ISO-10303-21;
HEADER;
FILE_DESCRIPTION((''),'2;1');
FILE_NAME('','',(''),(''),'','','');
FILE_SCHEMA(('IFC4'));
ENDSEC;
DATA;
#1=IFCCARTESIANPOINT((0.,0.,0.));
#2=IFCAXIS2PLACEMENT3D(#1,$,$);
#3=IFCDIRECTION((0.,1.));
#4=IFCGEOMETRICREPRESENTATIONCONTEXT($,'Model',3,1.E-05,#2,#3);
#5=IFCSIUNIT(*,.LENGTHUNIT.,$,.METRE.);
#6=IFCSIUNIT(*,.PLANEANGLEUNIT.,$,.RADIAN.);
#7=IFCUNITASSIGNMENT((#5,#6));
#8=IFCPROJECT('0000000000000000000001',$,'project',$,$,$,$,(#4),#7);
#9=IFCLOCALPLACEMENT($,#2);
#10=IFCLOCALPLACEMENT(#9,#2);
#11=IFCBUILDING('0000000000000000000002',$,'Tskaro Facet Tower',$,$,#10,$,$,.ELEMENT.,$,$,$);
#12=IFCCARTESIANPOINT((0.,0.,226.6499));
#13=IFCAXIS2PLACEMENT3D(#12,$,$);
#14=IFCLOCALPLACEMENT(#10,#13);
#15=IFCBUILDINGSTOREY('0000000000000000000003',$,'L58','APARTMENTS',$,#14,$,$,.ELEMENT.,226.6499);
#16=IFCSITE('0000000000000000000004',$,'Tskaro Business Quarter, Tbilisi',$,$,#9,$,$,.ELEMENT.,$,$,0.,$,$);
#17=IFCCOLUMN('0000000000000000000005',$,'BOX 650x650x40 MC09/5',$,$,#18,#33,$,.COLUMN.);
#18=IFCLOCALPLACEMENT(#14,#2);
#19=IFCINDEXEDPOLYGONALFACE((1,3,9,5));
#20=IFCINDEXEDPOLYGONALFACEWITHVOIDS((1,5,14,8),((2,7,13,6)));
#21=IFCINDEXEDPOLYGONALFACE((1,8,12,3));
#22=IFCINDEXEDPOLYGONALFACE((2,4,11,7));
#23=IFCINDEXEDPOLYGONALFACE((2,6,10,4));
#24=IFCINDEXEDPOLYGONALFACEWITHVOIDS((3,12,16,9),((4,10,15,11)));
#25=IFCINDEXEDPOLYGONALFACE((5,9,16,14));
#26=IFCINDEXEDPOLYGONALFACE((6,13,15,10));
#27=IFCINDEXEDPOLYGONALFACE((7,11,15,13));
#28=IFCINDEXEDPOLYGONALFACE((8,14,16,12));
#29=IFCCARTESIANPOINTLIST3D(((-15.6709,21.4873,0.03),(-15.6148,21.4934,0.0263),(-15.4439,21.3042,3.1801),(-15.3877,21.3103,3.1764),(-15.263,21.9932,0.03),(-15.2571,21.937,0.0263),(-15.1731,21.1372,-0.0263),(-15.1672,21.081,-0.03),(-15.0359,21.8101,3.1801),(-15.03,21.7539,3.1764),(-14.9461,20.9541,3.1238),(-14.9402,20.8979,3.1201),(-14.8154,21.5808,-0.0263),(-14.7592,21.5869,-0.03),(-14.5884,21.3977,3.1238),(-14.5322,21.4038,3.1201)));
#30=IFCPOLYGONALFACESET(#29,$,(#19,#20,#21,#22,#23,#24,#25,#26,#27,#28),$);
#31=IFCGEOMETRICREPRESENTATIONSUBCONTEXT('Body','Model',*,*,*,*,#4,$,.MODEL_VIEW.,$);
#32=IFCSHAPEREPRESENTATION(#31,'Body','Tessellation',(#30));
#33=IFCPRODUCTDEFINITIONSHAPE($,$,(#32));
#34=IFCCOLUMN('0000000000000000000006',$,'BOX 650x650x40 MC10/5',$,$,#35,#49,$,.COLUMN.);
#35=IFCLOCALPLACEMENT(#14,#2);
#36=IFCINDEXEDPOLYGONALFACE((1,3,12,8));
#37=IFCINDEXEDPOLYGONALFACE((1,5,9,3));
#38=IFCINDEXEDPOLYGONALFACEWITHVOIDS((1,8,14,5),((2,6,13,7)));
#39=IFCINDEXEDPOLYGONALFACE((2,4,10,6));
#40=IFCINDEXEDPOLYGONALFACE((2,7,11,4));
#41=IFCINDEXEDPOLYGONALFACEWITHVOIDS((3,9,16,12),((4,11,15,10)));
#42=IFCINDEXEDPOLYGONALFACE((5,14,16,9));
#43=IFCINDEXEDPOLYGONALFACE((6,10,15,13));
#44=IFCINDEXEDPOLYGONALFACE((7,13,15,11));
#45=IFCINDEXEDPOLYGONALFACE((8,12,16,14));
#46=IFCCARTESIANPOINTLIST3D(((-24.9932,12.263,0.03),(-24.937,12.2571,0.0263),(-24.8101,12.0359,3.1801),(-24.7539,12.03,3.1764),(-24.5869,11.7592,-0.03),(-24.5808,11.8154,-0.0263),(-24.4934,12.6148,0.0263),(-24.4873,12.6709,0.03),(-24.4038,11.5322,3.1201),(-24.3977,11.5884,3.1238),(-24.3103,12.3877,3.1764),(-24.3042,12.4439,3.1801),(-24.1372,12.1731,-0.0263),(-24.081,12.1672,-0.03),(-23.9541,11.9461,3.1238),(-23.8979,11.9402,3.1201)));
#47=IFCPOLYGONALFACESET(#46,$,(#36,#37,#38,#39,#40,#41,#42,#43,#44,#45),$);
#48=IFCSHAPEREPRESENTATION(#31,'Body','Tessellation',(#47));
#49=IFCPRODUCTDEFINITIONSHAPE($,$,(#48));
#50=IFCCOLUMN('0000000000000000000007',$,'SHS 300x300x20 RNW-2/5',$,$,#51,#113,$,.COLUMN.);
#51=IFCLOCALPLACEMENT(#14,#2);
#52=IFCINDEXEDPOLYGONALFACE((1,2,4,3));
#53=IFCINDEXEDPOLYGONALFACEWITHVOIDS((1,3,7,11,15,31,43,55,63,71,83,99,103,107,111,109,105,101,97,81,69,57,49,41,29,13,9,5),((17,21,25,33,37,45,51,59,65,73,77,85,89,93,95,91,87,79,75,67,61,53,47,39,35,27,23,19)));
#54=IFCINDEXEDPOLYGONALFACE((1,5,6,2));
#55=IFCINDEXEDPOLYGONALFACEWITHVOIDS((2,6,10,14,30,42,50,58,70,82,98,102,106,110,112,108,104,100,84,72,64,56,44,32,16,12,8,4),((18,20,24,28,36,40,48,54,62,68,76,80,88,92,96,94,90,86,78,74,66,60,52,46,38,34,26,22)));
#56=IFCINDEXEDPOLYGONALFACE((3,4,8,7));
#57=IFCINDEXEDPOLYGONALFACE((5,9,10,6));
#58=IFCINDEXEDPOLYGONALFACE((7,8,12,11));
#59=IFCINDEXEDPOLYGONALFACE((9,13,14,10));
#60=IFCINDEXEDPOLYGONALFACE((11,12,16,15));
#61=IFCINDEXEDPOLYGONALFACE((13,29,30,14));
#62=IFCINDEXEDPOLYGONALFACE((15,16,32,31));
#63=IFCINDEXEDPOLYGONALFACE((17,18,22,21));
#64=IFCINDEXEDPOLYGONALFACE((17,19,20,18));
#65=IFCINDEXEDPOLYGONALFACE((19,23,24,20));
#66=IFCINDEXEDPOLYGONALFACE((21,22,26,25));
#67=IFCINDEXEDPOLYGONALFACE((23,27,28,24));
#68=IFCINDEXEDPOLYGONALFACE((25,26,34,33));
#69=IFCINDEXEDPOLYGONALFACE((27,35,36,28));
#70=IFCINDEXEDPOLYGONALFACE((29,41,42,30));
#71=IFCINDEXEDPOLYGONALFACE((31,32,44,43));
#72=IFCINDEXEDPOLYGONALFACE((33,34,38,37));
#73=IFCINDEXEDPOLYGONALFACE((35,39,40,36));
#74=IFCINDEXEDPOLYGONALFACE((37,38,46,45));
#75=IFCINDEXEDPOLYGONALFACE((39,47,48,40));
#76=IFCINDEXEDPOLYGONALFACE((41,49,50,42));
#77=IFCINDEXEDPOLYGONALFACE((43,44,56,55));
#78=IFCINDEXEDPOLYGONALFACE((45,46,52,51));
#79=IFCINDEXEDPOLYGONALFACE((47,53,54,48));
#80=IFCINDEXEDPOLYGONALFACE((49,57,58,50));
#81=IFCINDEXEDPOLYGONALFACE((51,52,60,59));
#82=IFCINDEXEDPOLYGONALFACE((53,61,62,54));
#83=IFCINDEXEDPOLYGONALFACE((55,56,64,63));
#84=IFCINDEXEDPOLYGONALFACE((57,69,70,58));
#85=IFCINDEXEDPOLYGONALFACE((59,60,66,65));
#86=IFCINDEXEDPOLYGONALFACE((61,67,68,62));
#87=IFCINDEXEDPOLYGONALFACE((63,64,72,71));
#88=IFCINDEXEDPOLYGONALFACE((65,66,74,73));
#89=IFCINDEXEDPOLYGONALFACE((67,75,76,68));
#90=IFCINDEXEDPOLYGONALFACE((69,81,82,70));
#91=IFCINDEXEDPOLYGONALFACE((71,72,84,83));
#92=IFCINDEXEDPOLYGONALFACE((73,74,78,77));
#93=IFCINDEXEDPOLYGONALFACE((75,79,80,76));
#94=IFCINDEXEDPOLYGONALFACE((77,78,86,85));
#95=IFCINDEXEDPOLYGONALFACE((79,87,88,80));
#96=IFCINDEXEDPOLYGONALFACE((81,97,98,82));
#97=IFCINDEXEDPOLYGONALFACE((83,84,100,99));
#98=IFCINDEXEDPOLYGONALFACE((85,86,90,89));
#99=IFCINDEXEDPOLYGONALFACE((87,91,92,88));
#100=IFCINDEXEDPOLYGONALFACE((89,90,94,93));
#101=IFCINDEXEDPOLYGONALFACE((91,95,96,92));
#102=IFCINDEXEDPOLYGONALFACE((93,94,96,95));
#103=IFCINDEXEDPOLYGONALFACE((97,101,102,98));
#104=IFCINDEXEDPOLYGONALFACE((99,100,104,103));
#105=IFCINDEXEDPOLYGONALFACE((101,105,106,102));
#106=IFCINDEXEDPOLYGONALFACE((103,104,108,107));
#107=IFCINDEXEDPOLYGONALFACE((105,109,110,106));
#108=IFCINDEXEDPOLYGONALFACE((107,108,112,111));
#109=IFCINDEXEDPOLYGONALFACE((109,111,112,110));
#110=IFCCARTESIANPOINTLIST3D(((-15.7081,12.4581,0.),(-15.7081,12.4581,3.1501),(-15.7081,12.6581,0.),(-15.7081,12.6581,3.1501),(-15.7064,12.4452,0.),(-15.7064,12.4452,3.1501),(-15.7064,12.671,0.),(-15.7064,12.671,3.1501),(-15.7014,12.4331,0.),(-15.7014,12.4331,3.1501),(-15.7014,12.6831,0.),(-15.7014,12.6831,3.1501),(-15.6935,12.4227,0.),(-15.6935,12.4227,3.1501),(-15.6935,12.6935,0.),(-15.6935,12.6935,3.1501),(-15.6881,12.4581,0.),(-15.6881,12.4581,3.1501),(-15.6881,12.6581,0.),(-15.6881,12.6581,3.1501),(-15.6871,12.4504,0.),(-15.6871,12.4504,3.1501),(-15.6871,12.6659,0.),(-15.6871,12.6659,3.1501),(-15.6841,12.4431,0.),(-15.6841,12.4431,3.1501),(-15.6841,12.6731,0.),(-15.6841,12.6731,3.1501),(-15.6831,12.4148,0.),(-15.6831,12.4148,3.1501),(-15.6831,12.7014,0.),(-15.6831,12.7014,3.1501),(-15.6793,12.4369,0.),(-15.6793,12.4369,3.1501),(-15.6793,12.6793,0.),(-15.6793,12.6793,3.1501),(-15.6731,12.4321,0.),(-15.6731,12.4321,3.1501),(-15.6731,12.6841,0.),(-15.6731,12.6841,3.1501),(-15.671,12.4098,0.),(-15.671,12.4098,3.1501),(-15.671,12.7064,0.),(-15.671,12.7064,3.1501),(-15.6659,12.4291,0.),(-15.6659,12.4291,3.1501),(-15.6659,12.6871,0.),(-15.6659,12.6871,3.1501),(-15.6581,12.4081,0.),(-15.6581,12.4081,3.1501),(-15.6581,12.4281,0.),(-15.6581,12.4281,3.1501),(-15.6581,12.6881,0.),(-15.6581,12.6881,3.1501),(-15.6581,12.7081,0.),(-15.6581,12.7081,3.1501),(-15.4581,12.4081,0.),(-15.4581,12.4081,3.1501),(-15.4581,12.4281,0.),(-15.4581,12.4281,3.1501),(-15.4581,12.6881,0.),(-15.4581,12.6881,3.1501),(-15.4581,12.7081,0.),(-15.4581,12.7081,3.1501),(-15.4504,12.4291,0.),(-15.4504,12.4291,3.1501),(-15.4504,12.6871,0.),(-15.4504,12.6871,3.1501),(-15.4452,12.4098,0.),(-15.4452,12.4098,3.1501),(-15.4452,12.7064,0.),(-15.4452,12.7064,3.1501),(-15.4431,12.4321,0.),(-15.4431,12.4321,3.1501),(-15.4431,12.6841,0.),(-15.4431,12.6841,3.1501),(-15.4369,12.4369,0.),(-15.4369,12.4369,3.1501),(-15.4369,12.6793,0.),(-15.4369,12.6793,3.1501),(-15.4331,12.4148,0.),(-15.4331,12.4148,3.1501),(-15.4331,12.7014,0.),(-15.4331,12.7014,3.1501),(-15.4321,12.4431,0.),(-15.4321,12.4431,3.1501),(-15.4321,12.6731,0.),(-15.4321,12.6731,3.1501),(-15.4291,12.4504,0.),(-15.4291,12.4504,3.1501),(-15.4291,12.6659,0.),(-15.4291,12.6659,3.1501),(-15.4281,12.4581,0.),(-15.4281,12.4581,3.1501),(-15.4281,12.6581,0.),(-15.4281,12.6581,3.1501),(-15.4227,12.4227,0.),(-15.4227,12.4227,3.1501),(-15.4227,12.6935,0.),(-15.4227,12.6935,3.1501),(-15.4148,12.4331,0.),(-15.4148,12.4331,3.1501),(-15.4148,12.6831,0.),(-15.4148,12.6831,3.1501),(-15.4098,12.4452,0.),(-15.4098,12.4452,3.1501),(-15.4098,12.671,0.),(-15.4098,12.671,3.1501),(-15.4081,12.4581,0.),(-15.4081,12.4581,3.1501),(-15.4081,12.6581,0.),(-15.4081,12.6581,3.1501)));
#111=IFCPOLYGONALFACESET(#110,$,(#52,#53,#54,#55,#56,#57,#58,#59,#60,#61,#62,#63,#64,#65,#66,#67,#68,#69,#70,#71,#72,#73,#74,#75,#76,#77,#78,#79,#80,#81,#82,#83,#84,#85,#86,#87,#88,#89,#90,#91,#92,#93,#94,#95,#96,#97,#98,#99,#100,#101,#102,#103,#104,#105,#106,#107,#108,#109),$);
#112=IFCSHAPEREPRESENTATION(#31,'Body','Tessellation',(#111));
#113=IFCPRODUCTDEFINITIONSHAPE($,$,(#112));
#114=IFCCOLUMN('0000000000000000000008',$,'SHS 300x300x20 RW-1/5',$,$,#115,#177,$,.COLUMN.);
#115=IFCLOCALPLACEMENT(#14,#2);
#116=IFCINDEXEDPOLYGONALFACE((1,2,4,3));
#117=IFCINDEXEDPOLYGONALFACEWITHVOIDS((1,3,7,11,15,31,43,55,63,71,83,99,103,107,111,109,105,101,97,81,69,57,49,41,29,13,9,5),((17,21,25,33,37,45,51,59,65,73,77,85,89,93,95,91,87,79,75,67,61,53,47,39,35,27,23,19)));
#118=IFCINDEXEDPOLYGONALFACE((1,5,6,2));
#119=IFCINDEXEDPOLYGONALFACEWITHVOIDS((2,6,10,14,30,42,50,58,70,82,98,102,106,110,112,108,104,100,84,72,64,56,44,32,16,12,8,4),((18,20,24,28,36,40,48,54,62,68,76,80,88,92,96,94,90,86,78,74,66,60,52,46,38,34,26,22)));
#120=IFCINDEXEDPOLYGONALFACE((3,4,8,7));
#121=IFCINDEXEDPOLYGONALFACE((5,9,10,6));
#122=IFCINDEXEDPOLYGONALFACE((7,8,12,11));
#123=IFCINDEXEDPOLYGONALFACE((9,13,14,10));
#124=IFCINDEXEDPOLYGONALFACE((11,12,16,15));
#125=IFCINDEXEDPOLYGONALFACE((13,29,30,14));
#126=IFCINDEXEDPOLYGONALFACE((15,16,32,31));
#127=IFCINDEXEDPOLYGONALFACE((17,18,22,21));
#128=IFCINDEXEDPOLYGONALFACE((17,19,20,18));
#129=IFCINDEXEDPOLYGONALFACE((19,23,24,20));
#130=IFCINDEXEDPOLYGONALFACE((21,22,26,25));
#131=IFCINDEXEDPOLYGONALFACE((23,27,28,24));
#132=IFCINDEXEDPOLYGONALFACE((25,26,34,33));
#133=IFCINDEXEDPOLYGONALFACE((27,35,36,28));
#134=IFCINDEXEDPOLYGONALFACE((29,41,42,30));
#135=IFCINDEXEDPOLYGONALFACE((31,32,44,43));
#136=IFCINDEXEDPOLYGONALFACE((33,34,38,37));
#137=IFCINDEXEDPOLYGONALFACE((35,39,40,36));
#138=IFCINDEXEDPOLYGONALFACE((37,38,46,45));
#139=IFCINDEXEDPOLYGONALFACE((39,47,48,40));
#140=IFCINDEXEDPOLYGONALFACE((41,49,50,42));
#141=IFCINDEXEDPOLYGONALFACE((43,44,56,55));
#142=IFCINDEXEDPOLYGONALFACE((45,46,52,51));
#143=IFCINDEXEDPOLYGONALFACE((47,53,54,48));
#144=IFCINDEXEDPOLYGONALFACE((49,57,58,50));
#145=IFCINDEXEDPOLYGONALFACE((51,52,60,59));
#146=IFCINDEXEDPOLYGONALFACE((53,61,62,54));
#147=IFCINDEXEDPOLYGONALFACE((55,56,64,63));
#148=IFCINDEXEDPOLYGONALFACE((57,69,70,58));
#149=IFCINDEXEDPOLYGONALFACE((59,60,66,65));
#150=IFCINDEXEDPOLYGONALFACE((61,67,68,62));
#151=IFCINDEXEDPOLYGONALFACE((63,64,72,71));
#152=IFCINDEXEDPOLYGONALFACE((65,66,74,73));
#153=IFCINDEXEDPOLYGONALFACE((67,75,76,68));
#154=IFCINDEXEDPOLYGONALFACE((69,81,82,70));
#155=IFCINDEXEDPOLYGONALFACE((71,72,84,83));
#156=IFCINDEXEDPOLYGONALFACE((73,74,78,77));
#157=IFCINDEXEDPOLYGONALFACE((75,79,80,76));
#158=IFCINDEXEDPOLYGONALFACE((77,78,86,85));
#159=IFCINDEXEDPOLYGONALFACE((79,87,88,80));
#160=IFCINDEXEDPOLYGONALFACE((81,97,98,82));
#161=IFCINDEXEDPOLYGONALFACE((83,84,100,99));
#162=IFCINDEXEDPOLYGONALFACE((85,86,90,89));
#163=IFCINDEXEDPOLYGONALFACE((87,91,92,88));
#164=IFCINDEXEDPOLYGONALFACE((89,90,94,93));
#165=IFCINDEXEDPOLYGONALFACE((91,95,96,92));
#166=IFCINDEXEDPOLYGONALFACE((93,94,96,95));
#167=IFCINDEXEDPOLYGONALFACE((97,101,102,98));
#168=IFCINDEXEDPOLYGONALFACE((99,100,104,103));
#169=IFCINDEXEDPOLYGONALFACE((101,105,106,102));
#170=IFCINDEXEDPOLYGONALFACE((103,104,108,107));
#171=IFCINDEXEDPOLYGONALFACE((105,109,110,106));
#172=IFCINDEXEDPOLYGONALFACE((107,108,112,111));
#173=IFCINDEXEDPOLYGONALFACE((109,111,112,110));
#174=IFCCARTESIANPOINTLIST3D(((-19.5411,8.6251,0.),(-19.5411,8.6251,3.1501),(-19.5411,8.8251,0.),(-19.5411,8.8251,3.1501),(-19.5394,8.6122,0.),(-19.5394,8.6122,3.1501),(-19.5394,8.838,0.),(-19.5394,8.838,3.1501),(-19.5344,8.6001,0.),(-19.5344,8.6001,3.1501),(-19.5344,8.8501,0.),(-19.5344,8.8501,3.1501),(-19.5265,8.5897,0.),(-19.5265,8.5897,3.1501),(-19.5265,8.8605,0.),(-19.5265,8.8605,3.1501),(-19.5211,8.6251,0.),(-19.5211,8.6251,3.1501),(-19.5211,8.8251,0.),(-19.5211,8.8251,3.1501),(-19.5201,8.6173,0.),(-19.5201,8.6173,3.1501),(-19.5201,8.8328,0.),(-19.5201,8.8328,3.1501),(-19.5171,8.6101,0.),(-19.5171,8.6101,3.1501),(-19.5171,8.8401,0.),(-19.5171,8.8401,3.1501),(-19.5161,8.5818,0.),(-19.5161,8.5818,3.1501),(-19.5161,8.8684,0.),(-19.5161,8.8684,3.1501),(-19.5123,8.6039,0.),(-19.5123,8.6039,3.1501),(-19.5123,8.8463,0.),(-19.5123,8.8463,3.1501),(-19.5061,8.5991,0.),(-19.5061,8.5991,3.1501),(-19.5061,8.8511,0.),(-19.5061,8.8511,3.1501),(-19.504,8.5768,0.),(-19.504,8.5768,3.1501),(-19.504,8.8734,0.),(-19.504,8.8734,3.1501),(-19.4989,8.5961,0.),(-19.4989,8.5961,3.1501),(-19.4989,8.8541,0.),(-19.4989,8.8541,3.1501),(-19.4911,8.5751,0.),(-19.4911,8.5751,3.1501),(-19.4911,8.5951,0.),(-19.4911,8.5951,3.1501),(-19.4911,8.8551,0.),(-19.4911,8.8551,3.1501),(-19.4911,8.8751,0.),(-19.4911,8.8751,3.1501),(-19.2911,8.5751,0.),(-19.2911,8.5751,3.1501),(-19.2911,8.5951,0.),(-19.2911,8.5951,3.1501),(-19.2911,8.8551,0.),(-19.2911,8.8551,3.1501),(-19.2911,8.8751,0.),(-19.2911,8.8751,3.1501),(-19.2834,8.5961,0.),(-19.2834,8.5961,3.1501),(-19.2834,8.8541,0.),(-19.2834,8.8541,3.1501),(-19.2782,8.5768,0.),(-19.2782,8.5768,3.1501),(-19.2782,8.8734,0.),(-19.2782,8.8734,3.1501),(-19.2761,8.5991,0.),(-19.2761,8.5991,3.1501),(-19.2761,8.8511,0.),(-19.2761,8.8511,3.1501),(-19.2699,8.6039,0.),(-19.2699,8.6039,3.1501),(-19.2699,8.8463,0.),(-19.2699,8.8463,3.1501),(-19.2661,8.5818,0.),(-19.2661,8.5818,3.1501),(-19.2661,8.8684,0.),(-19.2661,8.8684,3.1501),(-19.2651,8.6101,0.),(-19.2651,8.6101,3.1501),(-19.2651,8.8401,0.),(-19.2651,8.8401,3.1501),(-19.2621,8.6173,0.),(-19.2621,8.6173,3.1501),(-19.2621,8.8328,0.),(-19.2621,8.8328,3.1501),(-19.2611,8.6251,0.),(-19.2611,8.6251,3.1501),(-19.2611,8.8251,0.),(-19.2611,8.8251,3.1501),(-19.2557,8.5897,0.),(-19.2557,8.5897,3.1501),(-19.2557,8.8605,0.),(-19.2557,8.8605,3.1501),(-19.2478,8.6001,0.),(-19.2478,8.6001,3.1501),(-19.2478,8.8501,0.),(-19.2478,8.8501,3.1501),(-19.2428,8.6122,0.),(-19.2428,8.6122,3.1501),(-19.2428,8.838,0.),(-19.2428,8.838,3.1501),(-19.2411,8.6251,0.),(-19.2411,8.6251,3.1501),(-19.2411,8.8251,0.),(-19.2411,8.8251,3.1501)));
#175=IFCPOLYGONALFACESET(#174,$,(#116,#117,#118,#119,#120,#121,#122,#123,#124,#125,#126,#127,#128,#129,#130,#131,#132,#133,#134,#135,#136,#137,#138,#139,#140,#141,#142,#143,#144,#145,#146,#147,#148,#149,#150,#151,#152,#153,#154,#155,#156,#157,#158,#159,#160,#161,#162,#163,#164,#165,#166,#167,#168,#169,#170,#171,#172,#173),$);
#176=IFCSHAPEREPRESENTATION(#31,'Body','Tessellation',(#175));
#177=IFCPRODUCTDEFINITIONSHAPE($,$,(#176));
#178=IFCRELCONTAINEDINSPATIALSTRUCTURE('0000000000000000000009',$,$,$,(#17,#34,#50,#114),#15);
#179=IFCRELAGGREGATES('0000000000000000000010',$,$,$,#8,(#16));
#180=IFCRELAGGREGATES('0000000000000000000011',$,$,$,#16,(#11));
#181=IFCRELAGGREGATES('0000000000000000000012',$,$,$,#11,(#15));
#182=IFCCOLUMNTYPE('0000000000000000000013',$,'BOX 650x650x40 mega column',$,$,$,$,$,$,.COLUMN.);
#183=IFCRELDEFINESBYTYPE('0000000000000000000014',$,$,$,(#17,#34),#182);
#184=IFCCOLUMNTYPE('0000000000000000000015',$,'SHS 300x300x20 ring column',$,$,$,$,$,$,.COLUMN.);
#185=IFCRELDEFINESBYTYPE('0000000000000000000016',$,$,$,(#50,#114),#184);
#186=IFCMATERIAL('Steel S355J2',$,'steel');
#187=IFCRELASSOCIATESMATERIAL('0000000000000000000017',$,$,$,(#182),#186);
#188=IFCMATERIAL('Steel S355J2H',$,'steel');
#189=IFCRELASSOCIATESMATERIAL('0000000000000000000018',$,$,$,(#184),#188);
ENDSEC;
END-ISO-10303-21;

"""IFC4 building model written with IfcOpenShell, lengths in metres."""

from ifc_helpers import new_model, si_unit, direction, frame, origin, origin_2d, place, context, subcontext, project, spatial, hollow_rectangle, extrude, material, material_profile, profile_set, type_object, element, save


model = new_model("IFC4")

# Units and contexts
model_context = context("Model", 3, precision=1e-05, world=origin(), true_north=direction((0.0, 1.0)))
body_context = subcontext(model_context, "Body", "Model", "MODEL_VIEW")
ifc_project = project(units=[si_unit("LENGTHUNIT", "METRE"), si_unit("PLANEANGLEUNIT", "RADIAN")], contexts=[model_context])

# Site, building, storey
site_placement = place(None, origin())
site = spatial("IfcSite", under=ifc_project, at=site_placement, Name="Tskaro Business Quarter, Tbilisi", CompositionType="ELEMENT", RefElevation=0.0)
building_placement = place(site_placement, origin())
building = spatial("IfcBuilding", under=site, at=building_placement, Name="Tskaro Facet Tower", CompositionType="ELEMENT")
storey_placement = place(building_placement, frame((0.0, 0.0, 226.6499)))
storey = spatial("IfcBuildingStorey", under=building, at=storey_placement, Name="L58", Description="APARTMENTS", CompositionType="ELEMENT", Elevation=226.6499)

# Columns
ifc_material_1 = material(Name="Steel S355J2", Category="steel")
ifc_material_profile_1 = material_profile(ifc_material_1, hollow_rectangle(XDim=0.6499, YDim=0.6499, WallThickness=0.04, at=origin_2d()), Name="BOX 650x650x40")
ifc_profile_set_1 = profile_set([ifc_material_profile_1], Name="Steel S355J2")
column_type_1 = type_object("IfcColumnType", Name="BOX 650x650x40 mega column", PredefinedType="COLUMN", material=ifc_profile_set_1)
for number, where, z_axis, x_axis, name in (
    (1, (-15.2151, 21.5371, 0.0), (0.071769, -0.057878, 0.995741), (0.627752, 0.778413, 0.0), "BOX 650x650x40 MC09/5"),
    (2, (-24.5371, 12.2151, 0.0), (0.057878, -0.071769, 0.995741), (0.778413, 0.627752, 0.0), "BOX 650x650x40 MC10/5"),
):
    element("IfcColumn", number, at=place(storey_placement, frame(where, z_axis=z_axis, x_axis=x_axis)), inside=storey, type_object=column_type_1, Name=name, PredefinedType="COLUMN", context=body_context, shape_type="SweptSolid", body=[
        extrude(hollow_rectangle(XDim=0.6499, YDim=0.6499, WallThickness=0.04, at=origin_2d()), origin(), (0.0, 0.0, 1.0), 3.1636),
    ])
ifc_material_2 = material(Name="Steel S355J2H", Category="steel")
ifc_material_profile_2 = material_profile(ifc_material_2, hollow_rectangle(XDim=0.3, YDim=0.3, WallThickness=0.02, InnerFilletRadius=0.03, OuterFilletRadius=0.05, at=origin_2d()), Name="SHS 300x300x20")
ifc_profile_set_2 = profile_set([ifc_material_profile_2], Name="Steel S355J2H")
column_type_2 = type_object("IfcColumnType", Name="SHS 300x300x20 ring column", PredefinedType="COLUMN", material=ifc_profile_set_2)
for number, where, z_axis, x_axis, name in (
    (3, (-15.5581, 12.5581, 0.0), (0.0, 0.0, 1.0), (1.0, 0.0, 0.0), "SHS 300x300x20 RNW-2/5"),
    (4, (-19.3911, 8.7251, 0.0), (0.0, 0.0, 1.0), (1.0, 0.0, 0.0), "SHS 300x300x20 RW-1/5"),
):
    element("IfcColumn", number, at=place(storey_placement, frame(where, z_axis=z_axis, x_axis=x_axis)), inside=storey, type_object=column_type_2, Name=name, PredefinedType="COLUMN", context=body_context, shape_type="SweptSolid", body=[
        extrude(hollow_rectangle(XDim=0.3, YDim=0.3, WallThickness=0.02, InnerFilletRadius=0.03, OuterFilletRadius=0.05, at=origin_2d()), origin(), (0.0, 0.0, 1.0), 3.1501),
    ])

save(model, "model.ifc")
